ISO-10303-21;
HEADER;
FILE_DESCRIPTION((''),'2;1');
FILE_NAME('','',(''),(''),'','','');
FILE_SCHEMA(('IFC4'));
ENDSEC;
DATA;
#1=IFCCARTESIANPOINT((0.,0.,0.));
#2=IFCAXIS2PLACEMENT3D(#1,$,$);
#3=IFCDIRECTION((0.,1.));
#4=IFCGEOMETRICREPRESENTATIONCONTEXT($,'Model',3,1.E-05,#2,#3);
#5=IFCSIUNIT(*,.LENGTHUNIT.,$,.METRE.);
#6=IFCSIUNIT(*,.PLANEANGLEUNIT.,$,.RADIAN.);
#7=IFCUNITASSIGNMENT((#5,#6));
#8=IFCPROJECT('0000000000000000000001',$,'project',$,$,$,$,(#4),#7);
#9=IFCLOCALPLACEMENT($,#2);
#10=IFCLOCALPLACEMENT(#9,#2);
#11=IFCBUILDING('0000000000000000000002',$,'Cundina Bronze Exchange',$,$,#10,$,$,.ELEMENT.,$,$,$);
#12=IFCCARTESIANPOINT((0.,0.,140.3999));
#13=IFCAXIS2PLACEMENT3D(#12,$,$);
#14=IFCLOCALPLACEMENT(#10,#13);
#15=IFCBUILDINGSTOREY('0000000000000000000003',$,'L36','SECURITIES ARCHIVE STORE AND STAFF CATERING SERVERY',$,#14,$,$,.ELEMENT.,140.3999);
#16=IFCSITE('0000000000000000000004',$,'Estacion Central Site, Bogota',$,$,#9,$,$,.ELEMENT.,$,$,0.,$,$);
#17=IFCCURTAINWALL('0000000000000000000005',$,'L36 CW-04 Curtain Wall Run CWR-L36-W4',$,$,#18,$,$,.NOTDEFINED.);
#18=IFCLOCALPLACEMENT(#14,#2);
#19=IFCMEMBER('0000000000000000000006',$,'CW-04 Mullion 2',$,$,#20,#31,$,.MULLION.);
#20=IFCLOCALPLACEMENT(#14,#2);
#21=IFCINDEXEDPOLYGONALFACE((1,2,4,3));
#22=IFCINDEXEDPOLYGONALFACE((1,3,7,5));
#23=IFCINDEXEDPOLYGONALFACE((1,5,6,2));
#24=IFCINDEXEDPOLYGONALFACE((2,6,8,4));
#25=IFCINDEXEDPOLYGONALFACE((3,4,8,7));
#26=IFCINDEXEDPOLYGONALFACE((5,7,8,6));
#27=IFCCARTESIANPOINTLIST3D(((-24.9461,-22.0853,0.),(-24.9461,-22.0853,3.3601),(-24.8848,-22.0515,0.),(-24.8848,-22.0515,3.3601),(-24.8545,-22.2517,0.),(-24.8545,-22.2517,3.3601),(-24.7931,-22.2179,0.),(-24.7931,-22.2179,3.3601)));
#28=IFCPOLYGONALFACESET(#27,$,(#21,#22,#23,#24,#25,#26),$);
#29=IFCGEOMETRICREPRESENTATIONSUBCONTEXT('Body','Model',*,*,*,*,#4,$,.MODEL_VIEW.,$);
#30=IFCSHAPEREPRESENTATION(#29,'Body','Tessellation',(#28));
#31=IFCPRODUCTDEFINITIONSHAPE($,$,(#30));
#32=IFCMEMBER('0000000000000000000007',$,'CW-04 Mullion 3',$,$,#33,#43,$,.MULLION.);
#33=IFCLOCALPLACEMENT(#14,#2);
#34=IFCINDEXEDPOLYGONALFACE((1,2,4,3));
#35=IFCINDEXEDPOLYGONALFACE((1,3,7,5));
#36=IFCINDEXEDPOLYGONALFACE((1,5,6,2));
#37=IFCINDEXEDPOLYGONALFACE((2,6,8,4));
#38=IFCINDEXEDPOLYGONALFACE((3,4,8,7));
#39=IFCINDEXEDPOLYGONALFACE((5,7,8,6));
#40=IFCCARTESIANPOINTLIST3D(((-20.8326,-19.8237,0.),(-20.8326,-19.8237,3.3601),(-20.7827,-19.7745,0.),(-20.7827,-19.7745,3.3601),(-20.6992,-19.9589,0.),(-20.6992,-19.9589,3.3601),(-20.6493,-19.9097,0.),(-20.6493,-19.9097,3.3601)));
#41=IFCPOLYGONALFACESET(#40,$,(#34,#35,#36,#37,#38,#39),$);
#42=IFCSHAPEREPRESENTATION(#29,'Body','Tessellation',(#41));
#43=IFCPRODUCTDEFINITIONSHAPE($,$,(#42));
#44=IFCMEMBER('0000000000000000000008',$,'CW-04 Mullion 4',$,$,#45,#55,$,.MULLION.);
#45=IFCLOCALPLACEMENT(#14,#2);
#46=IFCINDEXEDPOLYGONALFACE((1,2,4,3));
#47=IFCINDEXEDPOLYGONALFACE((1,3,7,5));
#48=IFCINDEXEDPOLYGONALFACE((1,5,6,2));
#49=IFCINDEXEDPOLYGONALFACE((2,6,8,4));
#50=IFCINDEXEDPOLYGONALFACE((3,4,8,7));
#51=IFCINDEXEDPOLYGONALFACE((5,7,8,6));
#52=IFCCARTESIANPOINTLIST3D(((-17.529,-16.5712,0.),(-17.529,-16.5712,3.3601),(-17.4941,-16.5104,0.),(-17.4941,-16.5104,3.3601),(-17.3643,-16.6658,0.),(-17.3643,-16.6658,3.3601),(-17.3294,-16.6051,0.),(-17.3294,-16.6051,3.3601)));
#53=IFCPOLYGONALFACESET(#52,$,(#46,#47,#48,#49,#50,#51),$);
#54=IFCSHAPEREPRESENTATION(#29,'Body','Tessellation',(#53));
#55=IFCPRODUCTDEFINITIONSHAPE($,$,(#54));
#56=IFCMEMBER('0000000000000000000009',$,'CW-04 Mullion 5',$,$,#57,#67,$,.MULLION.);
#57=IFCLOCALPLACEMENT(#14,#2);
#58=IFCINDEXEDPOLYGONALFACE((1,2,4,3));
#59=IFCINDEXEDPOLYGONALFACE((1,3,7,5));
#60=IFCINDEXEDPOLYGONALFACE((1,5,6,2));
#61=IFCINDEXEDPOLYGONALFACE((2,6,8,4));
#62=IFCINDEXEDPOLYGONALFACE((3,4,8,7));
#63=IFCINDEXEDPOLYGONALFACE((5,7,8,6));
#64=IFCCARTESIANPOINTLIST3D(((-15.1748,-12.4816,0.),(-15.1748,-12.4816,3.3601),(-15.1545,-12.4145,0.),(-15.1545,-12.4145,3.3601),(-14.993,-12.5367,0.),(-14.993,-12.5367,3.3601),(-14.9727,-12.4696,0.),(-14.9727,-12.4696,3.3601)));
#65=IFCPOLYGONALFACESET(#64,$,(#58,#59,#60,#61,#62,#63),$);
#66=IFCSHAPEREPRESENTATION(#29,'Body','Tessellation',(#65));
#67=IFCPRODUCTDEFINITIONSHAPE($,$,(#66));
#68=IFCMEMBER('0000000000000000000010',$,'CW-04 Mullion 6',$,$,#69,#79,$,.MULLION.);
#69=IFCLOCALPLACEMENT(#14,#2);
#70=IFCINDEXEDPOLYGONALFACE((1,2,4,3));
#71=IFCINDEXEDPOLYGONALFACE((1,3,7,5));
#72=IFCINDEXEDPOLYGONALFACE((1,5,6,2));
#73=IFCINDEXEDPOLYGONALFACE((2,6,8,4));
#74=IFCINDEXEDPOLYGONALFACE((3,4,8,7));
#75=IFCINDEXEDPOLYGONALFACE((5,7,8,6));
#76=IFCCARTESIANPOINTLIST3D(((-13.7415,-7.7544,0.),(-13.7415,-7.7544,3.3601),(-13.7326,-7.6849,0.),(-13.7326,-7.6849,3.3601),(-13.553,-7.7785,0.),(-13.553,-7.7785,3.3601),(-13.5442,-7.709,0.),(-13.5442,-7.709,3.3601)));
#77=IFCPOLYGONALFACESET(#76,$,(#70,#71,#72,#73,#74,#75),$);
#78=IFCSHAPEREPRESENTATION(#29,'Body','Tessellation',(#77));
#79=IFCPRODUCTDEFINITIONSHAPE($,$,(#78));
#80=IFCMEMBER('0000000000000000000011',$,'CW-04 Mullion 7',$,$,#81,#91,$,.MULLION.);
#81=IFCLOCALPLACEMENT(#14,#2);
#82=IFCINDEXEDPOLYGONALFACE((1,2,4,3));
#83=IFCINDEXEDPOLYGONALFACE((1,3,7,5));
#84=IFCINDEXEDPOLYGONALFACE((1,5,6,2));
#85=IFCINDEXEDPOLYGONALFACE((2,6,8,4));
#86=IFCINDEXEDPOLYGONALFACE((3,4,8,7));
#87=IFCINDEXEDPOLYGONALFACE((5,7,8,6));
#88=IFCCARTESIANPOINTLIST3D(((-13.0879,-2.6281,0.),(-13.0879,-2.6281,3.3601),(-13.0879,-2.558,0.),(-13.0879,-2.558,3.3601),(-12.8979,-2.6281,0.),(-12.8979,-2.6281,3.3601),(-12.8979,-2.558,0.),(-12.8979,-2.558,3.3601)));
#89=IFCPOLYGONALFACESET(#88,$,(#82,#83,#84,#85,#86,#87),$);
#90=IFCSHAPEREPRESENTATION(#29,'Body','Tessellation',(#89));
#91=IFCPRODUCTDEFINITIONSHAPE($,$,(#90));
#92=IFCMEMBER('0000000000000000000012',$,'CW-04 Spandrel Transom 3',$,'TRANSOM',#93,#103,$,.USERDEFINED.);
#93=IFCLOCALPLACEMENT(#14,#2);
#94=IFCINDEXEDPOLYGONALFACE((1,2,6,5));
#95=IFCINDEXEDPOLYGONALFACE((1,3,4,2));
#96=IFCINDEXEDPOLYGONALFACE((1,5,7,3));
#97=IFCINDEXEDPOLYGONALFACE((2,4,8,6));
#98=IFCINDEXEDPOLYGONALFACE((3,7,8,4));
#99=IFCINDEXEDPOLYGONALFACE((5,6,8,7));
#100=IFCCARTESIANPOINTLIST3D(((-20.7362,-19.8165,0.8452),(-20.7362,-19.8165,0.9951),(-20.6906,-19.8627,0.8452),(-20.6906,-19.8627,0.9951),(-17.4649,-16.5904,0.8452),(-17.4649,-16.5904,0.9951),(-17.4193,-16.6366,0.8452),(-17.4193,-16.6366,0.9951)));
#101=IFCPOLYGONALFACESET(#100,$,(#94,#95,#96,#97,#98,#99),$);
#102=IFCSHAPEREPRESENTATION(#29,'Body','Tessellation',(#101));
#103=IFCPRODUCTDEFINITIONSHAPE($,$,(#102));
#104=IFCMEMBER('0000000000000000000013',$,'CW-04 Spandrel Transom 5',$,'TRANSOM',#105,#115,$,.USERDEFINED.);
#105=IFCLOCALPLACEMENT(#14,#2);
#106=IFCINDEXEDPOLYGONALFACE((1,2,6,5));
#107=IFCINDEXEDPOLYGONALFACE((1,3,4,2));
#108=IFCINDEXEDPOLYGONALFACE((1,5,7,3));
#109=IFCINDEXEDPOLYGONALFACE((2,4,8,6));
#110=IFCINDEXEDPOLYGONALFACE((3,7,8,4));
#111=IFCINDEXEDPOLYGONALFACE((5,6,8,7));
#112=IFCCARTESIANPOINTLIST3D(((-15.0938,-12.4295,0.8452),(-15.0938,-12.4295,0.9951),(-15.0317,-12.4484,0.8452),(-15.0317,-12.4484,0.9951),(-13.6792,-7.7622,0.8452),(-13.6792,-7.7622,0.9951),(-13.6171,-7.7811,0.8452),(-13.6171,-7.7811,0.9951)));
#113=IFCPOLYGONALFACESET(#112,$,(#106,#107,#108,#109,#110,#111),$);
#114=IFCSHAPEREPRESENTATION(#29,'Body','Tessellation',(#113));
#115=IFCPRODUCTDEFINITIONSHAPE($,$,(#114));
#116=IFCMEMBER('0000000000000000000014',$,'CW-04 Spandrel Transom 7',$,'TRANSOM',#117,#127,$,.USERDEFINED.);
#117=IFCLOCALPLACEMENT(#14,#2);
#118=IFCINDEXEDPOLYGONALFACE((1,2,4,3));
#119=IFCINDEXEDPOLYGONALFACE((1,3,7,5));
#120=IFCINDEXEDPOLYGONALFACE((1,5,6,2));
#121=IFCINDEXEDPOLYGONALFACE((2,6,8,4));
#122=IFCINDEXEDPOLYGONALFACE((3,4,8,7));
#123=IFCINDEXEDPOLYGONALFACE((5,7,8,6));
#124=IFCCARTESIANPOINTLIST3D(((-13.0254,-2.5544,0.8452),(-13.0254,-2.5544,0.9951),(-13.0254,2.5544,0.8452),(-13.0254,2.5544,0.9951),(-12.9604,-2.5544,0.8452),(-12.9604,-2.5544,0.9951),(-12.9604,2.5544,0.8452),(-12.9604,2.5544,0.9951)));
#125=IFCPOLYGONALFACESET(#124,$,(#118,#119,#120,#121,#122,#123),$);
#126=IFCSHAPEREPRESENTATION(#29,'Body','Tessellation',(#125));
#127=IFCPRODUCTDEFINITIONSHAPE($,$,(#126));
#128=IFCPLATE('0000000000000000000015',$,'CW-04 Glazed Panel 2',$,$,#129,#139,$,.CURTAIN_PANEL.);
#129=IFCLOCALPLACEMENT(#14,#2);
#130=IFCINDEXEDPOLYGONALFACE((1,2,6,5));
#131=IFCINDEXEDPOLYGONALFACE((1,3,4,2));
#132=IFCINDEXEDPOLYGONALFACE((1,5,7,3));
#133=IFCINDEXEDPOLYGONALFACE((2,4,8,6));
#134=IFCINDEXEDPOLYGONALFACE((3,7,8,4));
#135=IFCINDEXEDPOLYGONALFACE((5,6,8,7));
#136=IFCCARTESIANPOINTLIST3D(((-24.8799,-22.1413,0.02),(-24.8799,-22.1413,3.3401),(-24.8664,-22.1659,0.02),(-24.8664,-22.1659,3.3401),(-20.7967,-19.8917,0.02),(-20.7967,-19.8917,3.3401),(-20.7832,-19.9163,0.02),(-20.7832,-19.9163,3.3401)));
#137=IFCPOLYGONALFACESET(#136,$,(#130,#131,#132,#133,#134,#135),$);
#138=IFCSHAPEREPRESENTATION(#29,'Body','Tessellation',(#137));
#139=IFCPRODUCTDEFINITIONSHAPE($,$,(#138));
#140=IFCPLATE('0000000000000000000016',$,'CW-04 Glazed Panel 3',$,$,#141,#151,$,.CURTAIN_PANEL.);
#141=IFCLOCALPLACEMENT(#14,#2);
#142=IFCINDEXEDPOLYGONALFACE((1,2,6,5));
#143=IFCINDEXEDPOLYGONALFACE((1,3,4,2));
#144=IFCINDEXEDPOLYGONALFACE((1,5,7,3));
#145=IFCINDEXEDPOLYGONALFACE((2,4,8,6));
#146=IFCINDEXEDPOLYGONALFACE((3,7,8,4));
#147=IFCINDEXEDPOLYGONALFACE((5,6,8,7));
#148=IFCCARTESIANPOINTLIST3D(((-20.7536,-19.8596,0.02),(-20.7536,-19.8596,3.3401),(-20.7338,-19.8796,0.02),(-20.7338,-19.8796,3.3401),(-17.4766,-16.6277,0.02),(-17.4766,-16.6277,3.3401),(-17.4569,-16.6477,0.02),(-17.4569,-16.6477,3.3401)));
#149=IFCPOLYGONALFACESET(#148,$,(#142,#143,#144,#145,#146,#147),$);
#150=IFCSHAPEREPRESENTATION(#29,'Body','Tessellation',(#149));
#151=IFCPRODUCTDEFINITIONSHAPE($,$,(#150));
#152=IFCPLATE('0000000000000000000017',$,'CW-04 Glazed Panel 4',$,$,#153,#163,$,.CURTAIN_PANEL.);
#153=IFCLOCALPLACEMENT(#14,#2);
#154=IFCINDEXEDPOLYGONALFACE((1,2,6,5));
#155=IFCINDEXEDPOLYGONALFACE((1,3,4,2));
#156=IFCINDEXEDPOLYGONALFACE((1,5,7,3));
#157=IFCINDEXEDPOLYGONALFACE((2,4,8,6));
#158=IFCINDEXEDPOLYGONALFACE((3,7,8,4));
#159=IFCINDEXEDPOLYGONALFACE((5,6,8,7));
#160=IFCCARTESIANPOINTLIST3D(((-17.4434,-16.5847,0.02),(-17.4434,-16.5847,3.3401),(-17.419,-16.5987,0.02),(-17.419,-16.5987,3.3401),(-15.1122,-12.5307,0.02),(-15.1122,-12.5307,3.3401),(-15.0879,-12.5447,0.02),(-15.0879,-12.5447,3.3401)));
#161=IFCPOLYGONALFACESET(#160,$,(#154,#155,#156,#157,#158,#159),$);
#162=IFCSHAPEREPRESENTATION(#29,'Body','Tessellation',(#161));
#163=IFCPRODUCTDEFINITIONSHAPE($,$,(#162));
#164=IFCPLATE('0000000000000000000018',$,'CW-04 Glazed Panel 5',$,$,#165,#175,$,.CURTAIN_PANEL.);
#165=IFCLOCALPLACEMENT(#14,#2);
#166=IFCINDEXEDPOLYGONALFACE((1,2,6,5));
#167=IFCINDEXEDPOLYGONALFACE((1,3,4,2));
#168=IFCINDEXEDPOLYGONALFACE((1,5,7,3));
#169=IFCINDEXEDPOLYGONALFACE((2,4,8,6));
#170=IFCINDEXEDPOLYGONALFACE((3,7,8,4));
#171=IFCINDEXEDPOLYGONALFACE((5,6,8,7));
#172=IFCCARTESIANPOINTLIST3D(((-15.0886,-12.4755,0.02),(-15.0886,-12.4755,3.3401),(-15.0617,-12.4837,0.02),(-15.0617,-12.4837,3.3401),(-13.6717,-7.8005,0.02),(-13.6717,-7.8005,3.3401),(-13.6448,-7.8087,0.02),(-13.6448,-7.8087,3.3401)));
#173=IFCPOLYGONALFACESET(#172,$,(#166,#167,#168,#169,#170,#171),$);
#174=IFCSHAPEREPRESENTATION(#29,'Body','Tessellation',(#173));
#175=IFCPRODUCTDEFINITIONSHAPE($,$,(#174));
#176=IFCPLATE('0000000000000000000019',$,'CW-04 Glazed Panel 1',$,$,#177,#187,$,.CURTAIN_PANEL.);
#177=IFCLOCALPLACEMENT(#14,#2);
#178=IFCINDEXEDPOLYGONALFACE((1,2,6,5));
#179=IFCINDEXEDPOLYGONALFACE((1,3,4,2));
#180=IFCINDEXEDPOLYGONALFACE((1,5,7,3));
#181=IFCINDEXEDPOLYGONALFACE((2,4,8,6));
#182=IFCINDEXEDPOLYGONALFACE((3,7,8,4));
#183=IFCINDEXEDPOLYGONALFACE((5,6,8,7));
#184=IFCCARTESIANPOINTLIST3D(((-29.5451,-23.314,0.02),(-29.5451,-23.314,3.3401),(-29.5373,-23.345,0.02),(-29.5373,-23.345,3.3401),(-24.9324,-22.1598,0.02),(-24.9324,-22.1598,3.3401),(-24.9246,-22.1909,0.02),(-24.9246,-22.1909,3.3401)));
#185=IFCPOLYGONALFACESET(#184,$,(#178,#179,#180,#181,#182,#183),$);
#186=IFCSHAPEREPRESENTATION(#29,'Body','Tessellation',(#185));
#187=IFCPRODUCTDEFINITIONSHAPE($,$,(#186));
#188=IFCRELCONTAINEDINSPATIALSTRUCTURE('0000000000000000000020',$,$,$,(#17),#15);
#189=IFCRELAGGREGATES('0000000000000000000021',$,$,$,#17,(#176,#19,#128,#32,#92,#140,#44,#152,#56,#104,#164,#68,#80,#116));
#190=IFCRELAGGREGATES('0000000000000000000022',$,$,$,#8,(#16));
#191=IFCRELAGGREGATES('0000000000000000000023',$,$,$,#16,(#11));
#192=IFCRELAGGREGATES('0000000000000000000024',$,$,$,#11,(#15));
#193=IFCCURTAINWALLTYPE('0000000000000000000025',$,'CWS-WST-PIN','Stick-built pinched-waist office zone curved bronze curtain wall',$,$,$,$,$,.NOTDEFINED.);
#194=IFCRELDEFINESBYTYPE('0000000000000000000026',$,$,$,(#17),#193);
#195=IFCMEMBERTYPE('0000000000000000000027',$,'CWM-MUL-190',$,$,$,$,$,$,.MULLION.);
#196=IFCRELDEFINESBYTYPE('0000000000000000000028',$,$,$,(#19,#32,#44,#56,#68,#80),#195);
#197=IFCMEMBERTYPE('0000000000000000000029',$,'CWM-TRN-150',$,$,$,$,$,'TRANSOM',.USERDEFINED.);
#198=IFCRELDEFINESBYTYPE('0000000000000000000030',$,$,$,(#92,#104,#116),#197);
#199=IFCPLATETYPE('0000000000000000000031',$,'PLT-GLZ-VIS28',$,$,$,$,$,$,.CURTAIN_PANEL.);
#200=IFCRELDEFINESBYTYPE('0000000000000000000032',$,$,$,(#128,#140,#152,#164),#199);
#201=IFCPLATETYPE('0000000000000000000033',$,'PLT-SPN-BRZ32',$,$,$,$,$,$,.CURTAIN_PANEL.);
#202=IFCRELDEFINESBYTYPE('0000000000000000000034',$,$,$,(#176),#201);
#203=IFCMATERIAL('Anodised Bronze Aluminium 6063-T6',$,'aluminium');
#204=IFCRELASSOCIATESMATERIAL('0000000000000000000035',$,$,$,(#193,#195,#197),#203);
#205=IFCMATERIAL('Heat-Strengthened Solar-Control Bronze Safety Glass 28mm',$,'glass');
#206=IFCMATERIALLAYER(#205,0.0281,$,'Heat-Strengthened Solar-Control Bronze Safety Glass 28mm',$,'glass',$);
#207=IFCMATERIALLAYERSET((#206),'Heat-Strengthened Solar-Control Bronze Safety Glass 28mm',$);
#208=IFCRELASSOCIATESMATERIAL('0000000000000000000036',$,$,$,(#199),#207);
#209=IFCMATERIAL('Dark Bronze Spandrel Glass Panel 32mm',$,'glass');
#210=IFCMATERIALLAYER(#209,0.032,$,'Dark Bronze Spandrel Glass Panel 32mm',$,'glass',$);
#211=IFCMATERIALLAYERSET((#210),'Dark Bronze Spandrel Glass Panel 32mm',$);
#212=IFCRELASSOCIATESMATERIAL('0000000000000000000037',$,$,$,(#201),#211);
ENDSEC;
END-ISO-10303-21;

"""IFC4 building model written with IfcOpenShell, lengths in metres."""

from ifc_helpers import new_model, si_unit, direction, frame, origin, origin_2d, place, context, subcontext, project, spatial, rectangle, extrude, material, layer, layer_set, material_profile, profile_set, type_object, element, aggregate, save


model = new_model("IFC4")

# Units and contexts
model_context = context("Model", 3, precision=1e-05, world=origin(), true_north=direction((0.0, 1.0)))
body_context = subcontext(model_context, "Body", "Model", "MODEL_VIEW")
ifc_project = project(units=[si_unit("LENGTHUNIT", "METRE"), si_unit("PLANEANGLEUNIT", "RADIAN")], contexts=[model_context])

# Site, building, storey
site_placement = place(None, origin())
site = spatial("IfcSite", under=ifc_project, at=site_placement, Name="Estacion Central Site, Bogota", CompositionType="ELEMENT", RefElevation=0.0)
building_placement = place(site_placement, origin())
building = spatial("IfcBuilding", under=site, at=building_placement, Name="Cundina Bronze Exchange", CompositionType="ELEMENT")
storey_placement = place(building_placement, frame((0.0, 0.0, 140.3999)))
storey = spatial("IfcBuildingStorey", under=building, at=storey_placement, Name="L36", Description="SECURITIES ARCHIVE STORE AND STAFF CATERING SERVERY", CompositionType="ELEMENT", Elevation=140.3999)

# Curtain wall, members, plates
ifc_material_1 = material(Name="Anodised Bronze Aluminium 6063-T6", Category="aluminium")
curtain_wall_type = type_object("IfcCurtainWallType", Name="CWS-WST-PIN", Description="Stick-built pinched-waist office zone curved bronze curtain wall", PredefinedType="NOTDEFINED", material=ifc_material_1)
curtain_wall_placement = place(storey_placement, origin())
curtain_wall = element("IfcCurtainWall", 1, at=curtain_wall_placement, inside=storey, type_object=curtain_wall_type, Name="L36 CW-04 Curtain Wall Run CWR-L36-W4", PredefinedType="NOTDEFINED")
ifc_material_profile_1 = material_profile(ifc_material_1, rectangle(XDim=0.0701, YDim=0.1899, at=origin_2d()), Name="AL70X190", Category="aluminium")
ifc_profile_set_1 = profile_set([ifc_material_profile_1], Name="Anodised Bronze Aluminium 6063-T6")
member_type_1 = type_object("IfcMemberType", Name="CWM-MUL-190", PredefinedType="MULLION", material=ifc_profile_set_1)
member_1_placement = place(storey_placement, frame((-24.8696, -22.1516, 0.0), z_axis=(0.0, 0.0, 1.0), x_axis=(0.875886, 0.482518, 0.0)))
member_1 = element("IfcMember", 2, at=member_1_placement, type_object=member_type_1, Name="CW-04 Mullion 2", PredefinedType="MULLION", context=body_context, shape_type="SweptSolid", body=[
    extrude(rectangle(XDim=0.0701, YDim=0.1899, at=origin_2d()), origin(), (0.0, 0.0, 1.0), 3.3601),
])
member_2_placement = place(storey_placement, frame((-20.741, -19.8667, 0.0), z_axis=(0.0, 0.0, 1.0), x_axis=(0.712026, 0.702153, 0.0)))
member_2 = element("IfcMember", 3, at=member_2_placement, type_object=member_type_1, Name="CW-04 Mullion 3", PredefinedType="MULLION", context=body_context, shape_type="SweptSolid", body=[
    extrude(rectangle(XDim=0.0701, YDim=0.1899, at=origin_2d()), origin(), (0.0, 0.0, 1.0), 3.3601),
])
member_3_placement = place(storey_placement, frame((-17.4292, -16.5881, 0.0), z_axis=(0.0, 0.0, 1.0), x_axis=(0.498488, 0.866897, 0.0)))
member_3 = element("IfcMember", 4, at=member_3_placement, type_object=member_type_1, Name="CW-04 Mullion 4", PredefinedType="MULLION", context=body_context, shape_type="SweptSolid", body=[
    extrude(rectangle(XDim=0.0701, YDim=0.1899, at=origin_2d()), origin(), (0.0, 0.0, 1.0), 3.3601),
])
member_4_placement = place(storey_placement, frame((-15.0737, -12.4756, 0.0), z_axis=(0.0, 0.0, 1.0), x_axis=(0.290034, 0.957016, 0.0)))
member_4 = element("IfcMember", 5, at=member_4_placement, type_object=member_type_1, Name="CW-04 Mullion 5", PredefinedType="MULLION", context=body_context, shape_type="SweptSolid", body=[
    extrude(rectangle(XDim=0.0701, YDim=0.1899, at=origin_2d()), origin(), (0.0, 0.0, 1.0), 3.3601),
])
member_5_placement = place(storey_placement, frame((-13.6428, -7.7317, 0.0), z_axis=(0.0, 0.0, 1.0), x_axis=(0.126545, 0.991961, 0.0)))
member_5 = element("IfcMember", 6, at=member_5_placement, type_object=member_type_1, Name="CW-04 Mullion 6", PredefinedType="MULLION", context=body_context, shape_type="SweptSolid", body=[
    extrude(rectangle(XDim=0.0701, YDim=0.1899, at=origin_2d()), origin(), (0.0, 0.0, 1.0), 3.3601),
])
member_6_placement = place(storey_placement, frame((-12.9929, -2.593, 0.0), z_axis=(0.0, 0.0, 1.0), x_axis=(0.0, 1.0, 0.0)))
member_6 = element("IfcMember", 7, at=member_6_placement, type_object=member_type_1, Name="CW-04 Mullion 7", PredefinedType="MULLION", context=body_context, shape_type="SweptSolid", body=[
    extrude(rectangle(XDim=0.0701, YDim=0.1899, at=origin_2d()), origin(), (0.0, 0.0, 1.0), 3.3601),
])
ifc_material_profile_2 = material_profile(ifc_material_1, rectangle(XDim=0.0649, YDim=0.1499, at=origin_2d()), Name="AL65X150", Category="aluminium")
ifc_profile_set_2 = profile_set([ifc_material_profile_2], Name="Anodised Bronze Aluminium 6063-T6")
member_type_2 = type_object("IfcMemberType", Name="CWM-TRN-150", ElementType="TRANSOM", PredefinedType="USERDEFINED", material=ifc_profile_set_2)
member_7_placement = place(storey_placement, frame((-20.7134, -19.8396, 0.9202), z_axis=(0.712005, 0.702174, 0.0), x_axis=(-0.702174, 0.712005, 0.0)))
member_7 = element("IfcMember", 8, at=member_7_placement, type_object=member_type_2, Name="CW-04 Spandrel Transom 3", ObjectType="TRANSOM", PredefinedType="USERDEFINED", context=body_context, shape_type="SweptSolid", body=[
    extrude(rectangle(XDim=0.0649, YDim=0.1499, at=origin_2d()), origin(), (0.0, 0.0, 1.0), 4.5945),
])
member_8_placement = place(storey_placement, frame((-15.0627, -12.439, 0.9202), z_axis=(0.290052, 0.957011, 0.0), x_axis=(-0.957011, 0.290052, 0.0)))
member_8 = element("IfcMember", 9, at=member_8_placement, type_object=member_type_2, Name="CW-04 Spandrel Transom 5", ObjectType="TRANSOM", PredefinedType="USERDEFINED", context=body_context, shape_type="SweptSolid", body=[
    extrude(rectangle(XDim=0.0649, YDim=0.1499, at=origin_2d()), origin(), (0.0, 0.0, 1.0), 4.877),
])
member_9_placement = place(storey_placement, frame((-12.9929, -2.5544, 0.9202), z_axis=(0.0, 1.0, 0.0), x_axis=(-1.0, 0.0, 0.0)))
member_9 = element("IfcMember", 10, at=member_9_placement, type_object=member_type_2, Name="CW-04 Spandrel Transom 7", ObjectType="TRANSOM", PredefinedType="USERDEFINED", context=body_context, shape_type="SweptSolid", body=[
    extrude(rectangle(XDim=0.0649, YDim=0.1499, at=origin_2d()), origin(), (0.0, 0.0, 1.0), 5.1089),
])
ifc_material_2 = material(Name="Heat-Strengthened Solar-Control Bronze Safety Glass 28mm", Category="glass")
ifc_layer_1 = layer(ifc_material_2, 0.0281, Name="Heat-Strengthened Solar-Control Bronze Safety Glass 28mm", Category="glass")
ifc_layer_set_1 = layer_set([ifc_layer_1], Name="Heat-Strengthened Solar-Control Bronze Safety Glass 28mm")
plate_type_1 = type_object("IfcPlateType", Name="PLT-GLZ-VIS28", PredefinedType="CURTAIN_PANEL", material=ifc_layer_set_1)
plate_1_placement = place(storey_placement, frame((-22.8315, -21.0288, 0.02), z_axis=(0.0, 0.0, 1.0), x_axis=(0.875869, 0.482549, 0.0)))
plate_1 = element("IfcPlate", 11, at=plate_1_placement, type_object=plate_type_1, Name="CW-04 Glazed Panel 2", PredefinedType="CURTAIN_PANEL", context=body_context, shape_type="SweptSolid", body=[
    extrude(rectangle(XDim=4.6619, YDim=0.0281, at=origin_2d()), origin(), (0.0, 0.0, 1.0), 3.3201),
])
plate_2_placement = place(storey_placement, frame((-19.1052, -18.2537, 0.02), z_axis=(0.0, 0.0, 1.0), x_axis=(0.711989, 0.70219, 0.0)))
plate_2 = element("IfcPlate", 12, at=plate_2_placement, type_object=plate_type_1, Name="CW-04 Glazed Panel 3", PredefinedType="CURTAIN_PANEL", context=body_context, shape_type="SweptSolid", body=[
    extrude(rectangle(XDim=4.6025, YDim=0.0281, at=origin_2d()), origin(), (0.0, 0.0, 1.0), 3.3201),
])
plate_3_placement = place(storey_placement, frame((-16.2656, -14.5647, 0.02), z_axis=(0.0, 0.0, 1.0), x_axis=(0.498488, 0.866897, 0.0)))
plate_3 = element("IfcPlate", 13, at=plate_3_placement, type_object=plate_type_1, Name="CW-04 Glazed Panel 4", PredefinedType="CURTAIN_PANEL", context=body_context, shape_type="SweptSolid", body=[
    extrude(rectangle(XDim=4.6765, YDim=0.0281, at=origin_2d()), origin(), (0.0, 0.0, 1.0), 3.3201),
])
plate_4_placement = place(storey_placement, frame((-14.3667, -10.1421, 0.02), z_axis=(0.0, 0.0, 1.0), x_axis=(0.290051, 0.957011, 0.0)))
plate_4 = element("IfcPlate", 14, at=plate_4_placement, type_object=plate_type_1, Name="CW-04 Glazed Panel 5", PredefinedType="CURTAIN_PANEL", context=body_context, shape_type="SweptSolid", body=[
    extrude(rectangle(XDim=4.885, YDim=0.0281, at=origin_2d()), origin(), (0.0, 0.0, 1.0), 3.3201),
])
ifc_material_3 = material(Name="Dark Bronze Spandrel Glass Panel 32mm", Category="glass")
ifc_layer_2 = layer(ifc_material_3, 0.032, Name="Dark Bronze Spandrel Glass Panel 32mm", Category="glass")
ifc_layer_set_2 = layer_set([ifc_layer_2], Name="Dark Bronze Spandrel Glass Panel 32mm")
plate_type_2 = type_object("IfcPlateType", Name="PLT-SPN-BRZ32", PredefinedType="CURTAIN_PANEL", material=ifc_layer_set_2)
plate_5_placement = place(storey_placement, frame((-27.2349, -22.7524, 0.02), z_axis=(0.0, 0.0, 1.0), x_axis=(0.970093, 0.242735, 0.0)))
plate_5 = element("IfcPlate", 15, at=plate_5_placement, type_object=plate_type_2, Name="CW-04 Glazed Panel 1", PredefinedType="CURTAIN_PANEL", context=body_context, shape_type="SweptSolid", body=[
    extrude(rectangle(XDim=4.7549, YDim=0.032, at=origin_2d()), origin(), (0.0, 0.0, 1.0), 3.3201),
])
aggregate(curtain_wall, [plate_5, member_1, plate_1, member_2, member_7, plate_2, member_3, plate_3, member_4, member_8, plate_4, member_5, member_6, member_9])

save(model, "model.ifc")
